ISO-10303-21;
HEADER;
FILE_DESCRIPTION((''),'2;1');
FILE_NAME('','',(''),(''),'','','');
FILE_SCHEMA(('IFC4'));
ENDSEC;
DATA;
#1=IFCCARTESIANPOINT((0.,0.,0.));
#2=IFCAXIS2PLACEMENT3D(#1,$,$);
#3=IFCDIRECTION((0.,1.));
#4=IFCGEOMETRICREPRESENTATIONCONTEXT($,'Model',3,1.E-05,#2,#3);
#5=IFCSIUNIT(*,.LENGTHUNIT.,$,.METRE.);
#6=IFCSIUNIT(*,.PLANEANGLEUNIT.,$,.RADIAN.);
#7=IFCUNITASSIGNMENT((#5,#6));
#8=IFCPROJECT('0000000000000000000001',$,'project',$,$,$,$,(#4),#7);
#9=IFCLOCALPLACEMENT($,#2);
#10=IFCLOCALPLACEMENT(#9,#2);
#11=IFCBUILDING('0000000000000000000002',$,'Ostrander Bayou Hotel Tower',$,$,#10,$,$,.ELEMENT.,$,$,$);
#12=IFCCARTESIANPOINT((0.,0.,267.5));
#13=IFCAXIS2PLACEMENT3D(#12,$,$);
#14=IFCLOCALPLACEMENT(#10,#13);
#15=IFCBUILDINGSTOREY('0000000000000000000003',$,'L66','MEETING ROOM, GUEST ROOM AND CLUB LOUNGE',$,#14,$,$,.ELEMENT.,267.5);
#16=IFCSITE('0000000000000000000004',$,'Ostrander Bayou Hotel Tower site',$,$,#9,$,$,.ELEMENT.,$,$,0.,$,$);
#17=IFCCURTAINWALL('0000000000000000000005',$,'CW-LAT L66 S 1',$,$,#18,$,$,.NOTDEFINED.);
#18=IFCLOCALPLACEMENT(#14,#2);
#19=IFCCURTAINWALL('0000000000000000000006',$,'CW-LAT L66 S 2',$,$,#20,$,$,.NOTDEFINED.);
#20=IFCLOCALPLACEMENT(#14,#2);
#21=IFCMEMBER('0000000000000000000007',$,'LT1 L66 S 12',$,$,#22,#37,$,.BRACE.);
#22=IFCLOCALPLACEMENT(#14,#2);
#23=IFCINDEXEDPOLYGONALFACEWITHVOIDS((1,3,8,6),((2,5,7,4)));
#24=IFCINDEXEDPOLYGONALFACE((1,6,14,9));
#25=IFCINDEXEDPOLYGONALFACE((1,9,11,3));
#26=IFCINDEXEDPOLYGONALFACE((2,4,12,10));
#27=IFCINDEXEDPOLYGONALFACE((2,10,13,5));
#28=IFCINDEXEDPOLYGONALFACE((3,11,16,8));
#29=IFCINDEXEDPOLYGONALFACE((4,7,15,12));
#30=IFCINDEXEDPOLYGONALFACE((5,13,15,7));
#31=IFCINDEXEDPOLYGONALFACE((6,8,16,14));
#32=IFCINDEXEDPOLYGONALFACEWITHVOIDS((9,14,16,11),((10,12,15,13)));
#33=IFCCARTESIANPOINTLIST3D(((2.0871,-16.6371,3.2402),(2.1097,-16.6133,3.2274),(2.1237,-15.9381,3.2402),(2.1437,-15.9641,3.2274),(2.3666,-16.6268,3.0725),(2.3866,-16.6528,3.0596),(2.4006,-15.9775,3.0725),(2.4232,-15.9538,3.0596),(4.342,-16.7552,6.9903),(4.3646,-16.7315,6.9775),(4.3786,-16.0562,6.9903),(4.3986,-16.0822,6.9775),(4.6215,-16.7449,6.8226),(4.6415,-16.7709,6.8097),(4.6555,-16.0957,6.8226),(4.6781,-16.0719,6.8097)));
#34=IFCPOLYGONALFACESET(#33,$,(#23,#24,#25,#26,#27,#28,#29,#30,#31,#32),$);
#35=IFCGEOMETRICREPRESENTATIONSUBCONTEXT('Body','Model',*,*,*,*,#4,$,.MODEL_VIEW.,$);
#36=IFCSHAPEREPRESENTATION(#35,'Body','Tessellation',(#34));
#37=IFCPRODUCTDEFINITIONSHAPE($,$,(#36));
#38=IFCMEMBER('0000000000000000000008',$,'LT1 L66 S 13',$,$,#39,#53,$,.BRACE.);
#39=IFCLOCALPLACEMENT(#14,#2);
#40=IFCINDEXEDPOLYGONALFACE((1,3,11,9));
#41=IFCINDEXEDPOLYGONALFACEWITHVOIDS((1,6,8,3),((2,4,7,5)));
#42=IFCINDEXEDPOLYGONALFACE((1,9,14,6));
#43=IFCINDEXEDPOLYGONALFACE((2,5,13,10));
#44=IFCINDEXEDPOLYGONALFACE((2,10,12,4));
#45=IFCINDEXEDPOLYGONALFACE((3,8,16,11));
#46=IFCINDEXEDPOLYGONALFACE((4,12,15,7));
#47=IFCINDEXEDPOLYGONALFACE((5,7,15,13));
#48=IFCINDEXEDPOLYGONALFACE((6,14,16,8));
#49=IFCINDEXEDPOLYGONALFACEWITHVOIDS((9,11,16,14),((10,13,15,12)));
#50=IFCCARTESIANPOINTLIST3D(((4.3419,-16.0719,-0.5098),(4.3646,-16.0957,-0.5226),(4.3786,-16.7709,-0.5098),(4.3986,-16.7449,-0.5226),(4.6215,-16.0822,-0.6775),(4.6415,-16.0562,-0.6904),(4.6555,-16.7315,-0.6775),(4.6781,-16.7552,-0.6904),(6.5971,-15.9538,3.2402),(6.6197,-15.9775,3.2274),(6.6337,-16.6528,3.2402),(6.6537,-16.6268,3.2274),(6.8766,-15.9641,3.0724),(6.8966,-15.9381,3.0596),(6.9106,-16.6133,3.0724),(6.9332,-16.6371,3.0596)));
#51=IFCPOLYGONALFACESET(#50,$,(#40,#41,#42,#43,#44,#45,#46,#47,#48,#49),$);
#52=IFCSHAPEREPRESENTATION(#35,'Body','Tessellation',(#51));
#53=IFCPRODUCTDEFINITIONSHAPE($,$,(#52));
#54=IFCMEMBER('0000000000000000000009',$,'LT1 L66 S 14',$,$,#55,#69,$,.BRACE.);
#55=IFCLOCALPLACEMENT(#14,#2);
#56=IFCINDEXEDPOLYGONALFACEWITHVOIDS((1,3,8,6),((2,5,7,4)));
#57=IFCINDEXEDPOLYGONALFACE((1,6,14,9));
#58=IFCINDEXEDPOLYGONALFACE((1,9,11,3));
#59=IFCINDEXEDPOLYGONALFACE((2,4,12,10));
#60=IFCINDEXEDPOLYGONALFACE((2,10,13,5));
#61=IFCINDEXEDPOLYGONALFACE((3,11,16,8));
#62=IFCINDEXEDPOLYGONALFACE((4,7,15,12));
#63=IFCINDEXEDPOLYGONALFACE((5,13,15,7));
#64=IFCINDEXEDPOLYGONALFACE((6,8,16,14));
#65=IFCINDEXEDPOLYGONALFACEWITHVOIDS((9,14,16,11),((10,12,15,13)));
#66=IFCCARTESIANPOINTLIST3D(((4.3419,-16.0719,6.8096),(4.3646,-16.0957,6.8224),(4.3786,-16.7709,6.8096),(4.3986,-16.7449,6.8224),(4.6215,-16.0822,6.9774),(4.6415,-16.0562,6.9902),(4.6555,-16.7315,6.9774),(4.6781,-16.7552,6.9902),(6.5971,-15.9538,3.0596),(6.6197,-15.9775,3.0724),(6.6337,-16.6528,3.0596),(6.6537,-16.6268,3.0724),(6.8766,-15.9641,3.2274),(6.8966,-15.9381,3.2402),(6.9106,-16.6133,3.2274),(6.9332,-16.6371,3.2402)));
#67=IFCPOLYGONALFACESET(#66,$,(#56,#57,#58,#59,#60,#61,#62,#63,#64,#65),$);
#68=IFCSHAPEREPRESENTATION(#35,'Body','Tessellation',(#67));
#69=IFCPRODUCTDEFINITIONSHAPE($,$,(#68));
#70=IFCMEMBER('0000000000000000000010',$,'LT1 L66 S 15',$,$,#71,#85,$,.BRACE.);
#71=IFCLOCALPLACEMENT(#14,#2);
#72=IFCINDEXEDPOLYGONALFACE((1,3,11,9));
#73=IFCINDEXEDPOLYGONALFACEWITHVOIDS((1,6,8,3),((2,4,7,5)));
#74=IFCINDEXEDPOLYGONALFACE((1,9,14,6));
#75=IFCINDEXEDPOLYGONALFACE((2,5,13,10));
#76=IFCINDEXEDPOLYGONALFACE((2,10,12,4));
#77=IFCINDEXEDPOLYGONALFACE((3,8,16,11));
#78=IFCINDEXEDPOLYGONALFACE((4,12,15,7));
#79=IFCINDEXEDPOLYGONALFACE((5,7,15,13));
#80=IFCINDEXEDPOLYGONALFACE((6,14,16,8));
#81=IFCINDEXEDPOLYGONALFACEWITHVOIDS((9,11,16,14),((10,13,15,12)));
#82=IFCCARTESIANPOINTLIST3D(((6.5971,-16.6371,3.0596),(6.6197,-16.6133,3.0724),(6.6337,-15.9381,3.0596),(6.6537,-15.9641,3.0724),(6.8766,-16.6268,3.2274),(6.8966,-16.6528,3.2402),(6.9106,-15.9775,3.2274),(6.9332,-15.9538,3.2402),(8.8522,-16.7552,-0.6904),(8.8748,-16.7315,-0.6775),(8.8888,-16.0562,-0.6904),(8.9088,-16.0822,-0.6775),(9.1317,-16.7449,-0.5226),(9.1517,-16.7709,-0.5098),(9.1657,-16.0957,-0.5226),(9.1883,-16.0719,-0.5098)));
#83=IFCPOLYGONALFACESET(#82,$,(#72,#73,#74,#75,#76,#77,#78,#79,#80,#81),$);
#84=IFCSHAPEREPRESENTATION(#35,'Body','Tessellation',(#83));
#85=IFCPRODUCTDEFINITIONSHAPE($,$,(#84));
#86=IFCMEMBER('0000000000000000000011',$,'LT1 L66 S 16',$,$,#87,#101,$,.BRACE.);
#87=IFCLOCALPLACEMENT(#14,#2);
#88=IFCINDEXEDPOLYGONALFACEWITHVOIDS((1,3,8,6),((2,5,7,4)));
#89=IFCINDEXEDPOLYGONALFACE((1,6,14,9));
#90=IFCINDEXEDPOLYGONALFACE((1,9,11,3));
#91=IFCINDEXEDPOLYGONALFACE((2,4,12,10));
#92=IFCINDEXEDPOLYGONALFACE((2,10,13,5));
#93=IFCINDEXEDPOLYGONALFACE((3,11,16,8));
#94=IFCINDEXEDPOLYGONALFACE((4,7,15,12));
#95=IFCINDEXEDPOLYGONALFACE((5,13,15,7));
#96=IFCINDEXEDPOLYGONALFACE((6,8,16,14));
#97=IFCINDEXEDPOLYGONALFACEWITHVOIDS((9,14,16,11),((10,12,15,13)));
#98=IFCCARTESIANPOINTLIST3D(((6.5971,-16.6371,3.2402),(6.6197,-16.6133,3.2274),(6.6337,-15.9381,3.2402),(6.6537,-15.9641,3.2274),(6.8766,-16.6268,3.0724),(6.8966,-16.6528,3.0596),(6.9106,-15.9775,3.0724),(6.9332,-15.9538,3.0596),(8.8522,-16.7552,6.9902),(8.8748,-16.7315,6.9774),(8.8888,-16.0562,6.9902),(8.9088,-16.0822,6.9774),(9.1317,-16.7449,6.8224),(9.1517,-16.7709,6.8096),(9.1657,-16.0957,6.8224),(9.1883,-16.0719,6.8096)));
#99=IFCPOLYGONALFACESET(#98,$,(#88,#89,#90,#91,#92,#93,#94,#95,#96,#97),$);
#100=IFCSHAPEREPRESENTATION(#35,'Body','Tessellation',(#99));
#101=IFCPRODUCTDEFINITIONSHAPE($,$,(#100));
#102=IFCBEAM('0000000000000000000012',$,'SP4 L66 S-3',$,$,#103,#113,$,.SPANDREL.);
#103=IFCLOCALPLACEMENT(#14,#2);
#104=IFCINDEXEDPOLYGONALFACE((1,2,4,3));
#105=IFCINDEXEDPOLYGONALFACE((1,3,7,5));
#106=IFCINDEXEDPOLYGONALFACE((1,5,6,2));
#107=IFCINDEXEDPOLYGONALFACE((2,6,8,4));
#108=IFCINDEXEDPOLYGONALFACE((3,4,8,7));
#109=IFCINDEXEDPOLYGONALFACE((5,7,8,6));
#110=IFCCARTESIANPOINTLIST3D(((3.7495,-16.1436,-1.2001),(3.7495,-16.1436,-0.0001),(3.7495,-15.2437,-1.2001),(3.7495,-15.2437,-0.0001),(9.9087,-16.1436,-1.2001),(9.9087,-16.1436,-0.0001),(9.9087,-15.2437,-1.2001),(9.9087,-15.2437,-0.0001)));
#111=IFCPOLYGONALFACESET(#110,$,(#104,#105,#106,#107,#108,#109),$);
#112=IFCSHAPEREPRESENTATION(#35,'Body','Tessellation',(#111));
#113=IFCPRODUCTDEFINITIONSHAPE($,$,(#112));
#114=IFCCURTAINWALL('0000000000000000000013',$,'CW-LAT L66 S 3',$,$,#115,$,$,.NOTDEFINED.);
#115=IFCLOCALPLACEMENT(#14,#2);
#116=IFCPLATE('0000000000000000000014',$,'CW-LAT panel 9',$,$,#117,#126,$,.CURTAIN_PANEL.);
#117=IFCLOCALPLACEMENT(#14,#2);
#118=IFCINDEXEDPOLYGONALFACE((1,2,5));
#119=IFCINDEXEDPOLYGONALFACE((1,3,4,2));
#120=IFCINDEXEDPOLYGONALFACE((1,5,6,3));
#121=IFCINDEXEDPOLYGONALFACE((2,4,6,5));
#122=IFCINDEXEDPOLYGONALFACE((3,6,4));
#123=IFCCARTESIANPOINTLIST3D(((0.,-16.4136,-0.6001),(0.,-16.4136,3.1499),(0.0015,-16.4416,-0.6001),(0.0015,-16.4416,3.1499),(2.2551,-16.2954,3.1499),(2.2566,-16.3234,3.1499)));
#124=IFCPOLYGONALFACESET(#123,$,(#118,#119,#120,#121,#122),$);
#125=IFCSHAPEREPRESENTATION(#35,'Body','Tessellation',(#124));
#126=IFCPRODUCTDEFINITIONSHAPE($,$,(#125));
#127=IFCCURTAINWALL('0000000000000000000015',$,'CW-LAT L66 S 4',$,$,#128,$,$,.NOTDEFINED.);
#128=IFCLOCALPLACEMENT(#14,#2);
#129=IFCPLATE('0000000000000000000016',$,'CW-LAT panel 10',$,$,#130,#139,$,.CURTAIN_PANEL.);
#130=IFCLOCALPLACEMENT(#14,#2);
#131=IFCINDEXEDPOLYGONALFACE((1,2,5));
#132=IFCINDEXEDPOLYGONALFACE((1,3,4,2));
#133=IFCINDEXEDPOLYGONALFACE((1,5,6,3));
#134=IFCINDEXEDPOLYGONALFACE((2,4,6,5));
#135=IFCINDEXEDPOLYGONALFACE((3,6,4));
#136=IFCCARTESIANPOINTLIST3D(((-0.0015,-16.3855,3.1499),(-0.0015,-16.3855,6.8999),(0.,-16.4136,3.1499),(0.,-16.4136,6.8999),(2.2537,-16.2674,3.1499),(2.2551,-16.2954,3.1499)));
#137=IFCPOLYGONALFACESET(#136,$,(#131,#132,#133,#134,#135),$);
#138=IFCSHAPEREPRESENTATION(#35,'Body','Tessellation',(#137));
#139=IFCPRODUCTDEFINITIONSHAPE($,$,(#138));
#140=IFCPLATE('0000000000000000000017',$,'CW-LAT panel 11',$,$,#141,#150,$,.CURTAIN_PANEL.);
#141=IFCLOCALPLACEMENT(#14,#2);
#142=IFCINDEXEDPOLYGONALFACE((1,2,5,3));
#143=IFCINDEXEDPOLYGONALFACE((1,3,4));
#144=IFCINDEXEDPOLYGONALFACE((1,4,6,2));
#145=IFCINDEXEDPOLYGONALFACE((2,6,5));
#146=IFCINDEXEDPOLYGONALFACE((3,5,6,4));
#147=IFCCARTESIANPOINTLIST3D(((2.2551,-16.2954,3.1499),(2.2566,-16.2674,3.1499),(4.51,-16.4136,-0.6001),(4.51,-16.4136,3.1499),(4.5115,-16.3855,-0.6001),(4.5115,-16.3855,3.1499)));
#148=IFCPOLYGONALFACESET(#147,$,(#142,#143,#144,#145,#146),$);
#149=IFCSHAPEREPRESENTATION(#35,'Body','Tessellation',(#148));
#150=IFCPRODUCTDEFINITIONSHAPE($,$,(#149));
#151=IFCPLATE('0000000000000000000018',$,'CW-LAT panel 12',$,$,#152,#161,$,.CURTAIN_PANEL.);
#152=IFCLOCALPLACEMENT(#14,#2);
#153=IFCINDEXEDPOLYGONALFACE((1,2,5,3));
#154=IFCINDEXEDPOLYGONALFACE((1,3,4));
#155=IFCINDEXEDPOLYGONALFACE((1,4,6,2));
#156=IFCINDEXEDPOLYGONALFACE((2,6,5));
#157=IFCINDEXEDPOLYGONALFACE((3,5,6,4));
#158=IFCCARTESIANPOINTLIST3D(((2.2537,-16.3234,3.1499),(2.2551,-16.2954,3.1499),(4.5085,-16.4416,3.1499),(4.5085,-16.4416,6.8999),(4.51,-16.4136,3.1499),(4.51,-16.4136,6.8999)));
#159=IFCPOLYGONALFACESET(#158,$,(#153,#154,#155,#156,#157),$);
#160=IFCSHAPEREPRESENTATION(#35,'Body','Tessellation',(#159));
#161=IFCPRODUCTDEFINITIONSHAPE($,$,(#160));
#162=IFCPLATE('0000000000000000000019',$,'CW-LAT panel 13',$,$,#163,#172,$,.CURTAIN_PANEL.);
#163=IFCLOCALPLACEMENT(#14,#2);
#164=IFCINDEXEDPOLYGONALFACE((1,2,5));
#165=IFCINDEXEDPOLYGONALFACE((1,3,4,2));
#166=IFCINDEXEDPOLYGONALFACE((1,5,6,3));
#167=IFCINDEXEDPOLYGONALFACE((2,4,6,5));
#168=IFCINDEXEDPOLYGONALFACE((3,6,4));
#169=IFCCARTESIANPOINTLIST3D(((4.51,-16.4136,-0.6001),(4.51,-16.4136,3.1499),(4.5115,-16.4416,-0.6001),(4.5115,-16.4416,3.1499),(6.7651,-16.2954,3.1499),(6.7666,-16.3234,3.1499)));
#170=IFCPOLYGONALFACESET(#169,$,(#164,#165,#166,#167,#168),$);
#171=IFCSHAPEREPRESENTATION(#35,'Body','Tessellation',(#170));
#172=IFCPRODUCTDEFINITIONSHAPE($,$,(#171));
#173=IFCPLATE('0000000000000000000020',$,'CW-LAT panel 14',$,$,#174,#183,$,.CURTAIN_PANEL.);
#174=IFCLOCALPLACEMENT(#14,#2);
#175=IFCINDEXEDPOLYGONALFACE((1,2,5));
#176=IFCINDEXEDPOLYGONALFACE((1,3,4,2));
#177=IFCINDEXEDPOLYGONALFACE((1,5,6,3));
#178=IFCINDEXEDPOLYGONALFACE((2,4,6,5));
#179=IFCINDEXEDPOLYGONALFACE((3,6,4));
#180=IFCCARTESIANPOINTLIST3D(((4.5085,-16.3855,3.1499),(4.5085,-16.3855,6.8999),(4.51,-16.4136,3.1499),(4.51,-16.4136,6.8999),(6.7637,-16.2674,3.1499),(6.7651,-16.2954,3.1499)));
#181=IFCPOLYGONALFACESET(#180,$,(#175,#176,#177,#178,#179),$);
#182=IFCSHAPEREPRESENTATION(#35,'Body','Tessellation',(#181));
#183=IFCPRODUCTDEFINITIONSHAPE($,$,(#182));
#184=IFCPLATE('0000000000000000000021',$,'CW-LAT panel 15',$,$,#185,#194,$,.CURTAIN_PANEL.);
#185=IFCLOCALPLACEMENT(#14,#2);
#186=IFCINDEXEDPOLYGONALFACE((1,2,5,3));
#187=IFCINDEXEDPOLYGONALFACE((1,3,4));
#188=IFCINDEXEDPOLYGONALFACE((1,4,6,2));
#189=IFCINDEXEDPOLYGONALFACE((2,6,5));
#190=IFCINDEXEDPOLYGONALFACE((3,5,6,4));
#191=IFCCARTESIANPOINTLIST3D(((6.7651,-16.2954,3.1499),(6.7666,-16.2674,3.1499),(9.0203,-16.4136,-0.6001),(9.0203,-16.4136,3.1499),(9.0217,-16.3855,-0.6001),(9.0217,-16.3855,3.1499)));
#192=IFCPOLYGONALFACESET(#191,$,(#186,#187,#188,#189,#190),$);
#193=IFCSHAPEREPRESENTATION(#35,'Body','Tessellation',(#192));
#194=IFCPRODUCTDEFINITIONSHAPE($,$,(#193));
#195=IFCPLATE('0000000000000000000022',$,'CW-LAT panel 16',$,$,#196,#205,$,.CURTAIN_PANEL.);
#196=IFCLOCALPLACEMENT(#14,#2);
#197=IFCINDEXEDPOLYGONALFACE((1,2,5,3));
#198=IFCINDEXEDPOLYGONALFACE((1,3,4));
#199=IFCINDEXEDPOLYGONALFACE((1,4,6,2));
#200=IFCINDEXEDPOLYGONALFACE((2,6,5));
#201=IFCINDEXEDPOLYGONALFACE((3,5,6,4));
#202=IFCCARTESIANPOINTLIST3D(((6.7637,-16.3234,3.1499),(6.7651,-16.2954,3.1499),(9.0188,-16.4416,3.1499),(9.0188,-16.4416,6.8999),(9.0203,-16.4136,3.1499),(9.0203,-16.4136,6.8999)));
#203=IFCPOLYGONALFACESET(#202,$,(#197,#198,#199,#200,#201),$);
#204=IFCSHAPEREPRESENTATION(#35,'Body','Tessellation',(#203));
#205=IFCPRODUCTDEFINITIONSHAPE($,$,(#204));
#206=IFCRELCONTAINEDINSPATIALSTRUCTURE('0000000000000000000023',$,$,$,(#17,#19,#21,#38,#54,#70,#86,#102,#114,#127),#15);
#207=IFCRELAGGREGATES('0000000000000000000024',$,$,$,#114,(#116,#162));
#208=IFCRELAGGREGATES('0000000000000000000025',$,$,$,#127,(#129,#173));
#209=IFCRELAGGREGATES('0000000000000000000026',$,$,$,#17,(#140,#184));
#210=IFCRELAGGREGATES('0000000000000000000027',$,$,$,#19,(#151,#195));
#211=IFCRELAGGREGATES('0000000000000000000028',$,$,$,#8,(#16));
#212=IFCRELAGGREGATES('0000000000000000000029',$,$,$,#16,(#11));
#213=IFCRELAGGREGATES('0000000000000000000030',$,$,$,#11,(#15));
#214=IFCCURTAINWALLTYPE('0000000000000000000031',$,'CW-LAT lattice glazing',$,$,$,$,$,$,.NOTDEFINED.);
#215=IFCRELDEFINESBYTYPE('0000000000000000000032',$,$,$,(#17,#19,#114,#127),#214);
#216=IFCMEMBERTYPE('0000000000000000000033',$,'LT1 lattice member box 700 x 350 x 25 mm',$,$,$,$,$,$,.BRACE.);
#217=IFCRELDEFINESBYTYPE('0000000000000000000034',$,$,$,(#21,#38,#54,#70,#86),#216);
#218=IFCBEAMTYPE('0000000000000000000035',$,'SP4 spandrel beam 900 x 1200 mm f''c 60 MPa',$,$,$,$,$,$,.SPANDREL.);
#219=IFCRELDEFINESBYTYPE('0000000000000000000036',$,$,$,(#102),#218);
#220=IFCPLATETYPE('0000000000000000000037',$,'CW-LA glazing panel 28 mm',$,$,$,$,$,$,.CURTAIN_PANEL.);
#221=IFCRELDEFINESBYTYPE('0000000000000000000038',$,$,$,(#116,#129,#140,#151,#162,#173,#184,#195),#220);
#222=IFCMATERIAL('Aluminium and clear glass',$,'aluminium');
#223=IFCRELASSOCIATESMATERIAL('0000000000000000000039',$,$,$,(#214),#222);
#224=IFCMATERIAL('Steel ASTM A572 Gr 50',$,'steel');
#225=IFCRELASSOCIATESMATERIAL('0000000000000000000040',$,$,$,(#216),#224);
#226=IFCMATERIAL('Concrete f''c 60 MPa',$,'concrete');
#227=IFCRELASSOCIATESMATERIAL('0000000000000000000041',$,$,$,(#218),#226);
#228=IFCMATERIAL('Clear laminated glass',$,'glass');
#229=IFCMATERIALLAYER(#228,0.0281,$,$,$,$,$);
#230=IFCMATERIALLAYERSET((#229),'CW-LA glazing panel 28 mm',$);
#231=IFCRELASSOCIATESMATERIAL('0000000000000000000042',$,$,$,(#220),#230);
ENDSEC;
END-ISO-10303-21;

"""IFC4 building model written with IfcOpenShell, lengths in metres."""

from ifc_helpers import new_model, si_unit, direction, frame, origin, origin_2d, place, context, subcontext, project, spatial, polyline, rectangle, hollow_rectangle, outline, extrude, material, layer, layer_set, material_profile, profile_set, type_object, element, aggregate, save


model = new_model("IFC4")

# Units and contexts
model_context = context("Model", 3, precision=1e-05, world=origin(), true_north=direction((0.0, 1.0)))
body_context = subcontext(model_context, "Body", "Model", "MODEL_VIEW")
ifc_project = project(units=[si_unit("LENGTHUNIT", "METRE"), si_unit("PLANEANGLEUNIT", "RADIAN")], contexts=[model_context])

# Site, building, storey
site_placement = place(None, origin())
site = spatial("IfcSite", under=ifc_project, at=site_placement, Name="Ostrander Bayou Hotel Tower site", CompositionType="ELEMENT", RefElevation=0.0)
building_placement = place(site_placement, origin())
building = spatial("IfcBuilding", under=site, at=building_placement, Name="Ostrander Bayou Hotel Tower", CompositionType="ELEMENT")
storey_placement = place(building_placement, frame((0.0, 0.0, 267.5)))
storey = spatial("IfcBuildingStorey", under=building, at=storey_placement, Name="L66", Description="MEETING ROOM, GUEST ROOM AND CLUB LOUNGE", CompositionType="ELEMENT", Elevation=267.5)

# Curtain walls
ifc_material_1 = material(Name="Aluminium and clear glass", Category="aluminium")
curtain_wall_type = type_object("IfcCurtainWallType", Name="CW-LAT lattice glazing", PredefinedType="NOTDEFINED", material=ifc_material_1)
curtain_wall_1_placement = place(storey_placement, origin())
curtain_wall_1 = element("IfcCurtainWall", 1, at=curtain_wall_1_placement, inside=storey, type_object=curtain_wall_type, Name="CW-LAT L66 S 1", PredefinedType="NOTDEFINED")
curtain_wall_2_placement = place(storey_placement, origin())
curtain_wall_2 = element("IfcCurtainWall", 2, at=curtain_wall_2_placement, inside=storey, type_object=curtain_wall_type, Name="CW-LAT L66 S 2", PredefinedType="NOTDEFINED")

# Members
ifc_material_2 = material(Name="Steel ASTM A572 Gr 50", Category="steel")
ifc_material_profile_1 = material_profile(ifc_material_2, hollow_rectangle(XDim=0.7, YDim=0.3501, WallThickness=0.0249, at=origin_2d()))
ifc_profile_set_1 = profile_set([ifc_material_profile_1], Name="Steel ASTM A572 Gr 50")
member_type_1 = type_object("IfcMemberType", Name="LT1 lattice member box 700 x 350 x 25 mm", PredefinedType="BRACE", material=ifc_profile_set_1)
for number, where, z_axis, x_axis, name in (
    (3, (2.2551, -16.2954, 3.1499), (0.515128, -0.026995, 0.856688), (0.052332, 0.99863, 0.0), "LT1 L66 S 12"),
    (4, (6.7651, -16.2954, 3.1499), (-0.515169, -0.026994, -0.856663), (0.052326, -0.99863, 0.0), "LT1 L66 S 13"),
    (5, (6.7651, -16.2954, 3.1499), (-0.515169, -0.026994, 0.856663), (0.052326, -0.99863, 0.0), "LT1 L66 S 14"),
    (6, (6.7651, -16.2954, 3.1499), (0.515169, -0.026994, -0.856663), (0.052326, 0.99863, 0.0), "LT1 L66 S 15"),
    (7, (6.7651, -16.2954, 3.1499), (0.515169, -0.026994, 0.856663), (0.052326, 0.99863, 0.0), "LT1 L66 S 16"),
):
    element("IfcMember", number, at=place(storey_placement, frame(where, z_axis=z_axis, x_axis=x_axis)), inside=storey, type_object=member_type_1, Name=name, PredefinedType="BRACE", context=body_context, shape_type="SweptSolid", body=[
        extrude(hollow_rectangle(XDim=0.7, YDim=0.3501, WallThickness=0.0249, at=origin_2d()), origin(), (0.0, 0.0, 1.0), 4.3774),
    ])

# Beam
ifc_material_3 = material(Name="Concrete f'c 60 MPa", Category="concrete")
ifc_material_profile_2 = material_profile(ifc_material_3, rectangle(XDim=0.8999, YDim=1.2, at=origin_2d()))
ifc_profile_set_2 = profile_set([ifc_material_profile_2], Name="Concrete f'c 60 MPa")
beam_type = type_object("IfcBeamType", Name="SP4 spandrel beam 900 x 1200 mm f'c 60 MPa", PredefinedType="SPANDREL", material=ifc_profile_set_2)
beam_placement = place(storey_placement, frame((3.7495, -15.6936, -0.6001), z_axis=(1.0, 0.0, 0.0), x_axis=(0.0, 1.0, 0.0)))
element("IfcBeam", 8, at=beam_placement, inside=storey, type_object=beam_type, Name="SP4 L66 S-3", PredefinedType="SPANDREL", context=body_context, shape_type="SweptSolid", body=[
    extrude(rectangle(XDim=0.8999, YDim=1.2, at=origin_2d()), origin(), (0.0, 0.0, 1.0), 6.1592),
])

# Curtain walls, plates
curtain_wall_3_placement = place(storey_placement, origin())
curtain_wall_3 = element("IfcCurtainWall", 9, at=curtain_wall_3_placement, inside=storey, type_object=curtain_wall_type, Name="CW-LAT L66 S 3", PredefinedType="NOTDEFINED")
ifc_material_4 = material(Name="Clear laminated glass", Category="glass")
ifc_layer_1 = layer(ifc_material_4, 0.0281)
ifc_layer_set_1 = layer_set([ifc_layer_1], Name="CW-LA glazing panel 28 mm")
plate_type = type_object("IfcPlateType", Name="CW-LA glazing panel 28 mm", PredefinedType="CURTAIN_PANEL", material=ifc_layer_set_1)
plate_1_placement = place(storey_placement, frame((2.2551, -16.2954, 3.1499), z_axis=(-0.052326, 0.99863, 0.0), x_axis=(-0.515169, -0.026994, -0.856663)))
plate_1 = element("IfcPlate", 10, at=plate_1_placement, type_object=plate_type, Name="CW-LAT panel 9", PredefinedType="CURTAIN_PANEL", context=body_context, shape_type="SweptSolid", body=[
    extrude(outline(polyline([(0.0, 0.0), (4.3774, 0.0), (1.165, 1.9345), (0.0, 0.0)])), origin(), (0.0, 0.0, -1.0), 0.0281),
])
curtain_wall_4_placement = place(storey_placement, origin())
curtain_wall_4 = element("IfcCurtainWall", 11, at=curtain_wall_4_placement, inside=storey, type_object=curtain_wall_type, Name="CW-LAT L66 S 4", PredefinedType="NOTDEFINED")
plate_2_placement = place(storey_placement, frame((2.2551, -16.2954, 3.1499), z_axis=(0.052326, -0.99863, 0.0), x_axis=(-0.515169, -0.026994, 0.856663)))
plate_2 = element("IfcPlate", 12, at=plate_2_placement, type_object=plate_type, Name="CW-LAT panel 10", PredefinedType="CURTAIN_PANEL", context=body_context, shape_type="SweptSolid", body=[
    extrude(outline(polyline([(0.0, 0.0), (4.3774, 0.0), (1.165, 1.9345), (0.0, 0.0)])), origin(), (0.0, 0.0, -1.0), 0.0281),
])

# Plates
plate_3_placement = place(storey_placement, frame((2.2551, -16.2954, 3.1499), z_axis=(-0.052332, -0.99863, 0.0), x_axis=(0.515128, -0.026995, -0.856688)))
plate_3 = element("IfcPlate", 13, at=plate_3_placement, type_object=plate_type, Name="CW-LAT panel 11", PredefinedType="CURTAIN_PANEL", context=body_context, shape_type="SweptSolid", body=[
    extrude(outline(polyline([(0.0, 0.0), (4.3773, 0.0), (1.1647, 1.9344), (0.0, 0.0)])), origin(), (0.0, 0.0, -1.0), 0.0281),
])
plate_4_placement = place(storey_placement, frame((2.2551, -16.2954, 3.1499), z_axis=(0.052332, 0.99863, 0.0), x_axis=(0.515128, -0.026995, 0.856688)))
plate_4 = element("IfcPlate", 14, at=plate_4_placement, type_object=plate_type, Name="CW-LAT panel 12", PredefinedType="CURTAIN_PANEL", context=body_context, shape_type="SweptSolid", body=[
    extrude(outline(polyline([(0.0, 0.0), (4.3773, 0.0), (1.1647, 1.9344), (0.0, 0.0)])), origin(), (0.0, 0.0, -1.0), 0.0281),
])
plate_5_placement = place(storey_placement, frame((6.7651, -16.2954, 3.1499), z_axis=(-0.052326, 0.99863, 0.0), x_axis=(-0.515169, -0.026994, -0.856663)))
plate_5 = element("IfcPlate", 15, at=plate_5_placement, type_object=plate_type, Name="CW-LAT panel 13", PredefinedType="CURTAIN_PANEL", context=body_context, shape_type="SweptSolid", body=[
    extrude(outline(polyline([(0.0, 0.0), (4.3774, 0.0), (1.165, 1.9345), (0.0, 0.0)])), origin(), (0.0, 0.0, -1.0), 0.0281),
])
aggregate(curtain_wall_3, [plate_1, plate_5])
plate_6_placement = place(storey_placement, frame((6.7651, -16.2954, 3.1499), z_axis=(0.052326, -0.99863, 0.0), x_axis=(-0.515169, -0.026994, 0.856663)))
plate_6 = element("IfcPlate", 16, at=plate_6_placement, type_object=plate_type, Name="CW-LAT panel 14", PredefinedType="CURTAIN_PANEL", context=body_context, shape_type="SweptSolid", body=[
    extrude(outline(polyline([(0.0, 0.0), (4.3774, 0.0), (1.165, 1.9345), (0.0, 0.0)])), origin(), (0.0, 0.0, -1.0), 0.0281),
])
aggregate(curtain_wall_4, [plate_2, plate_6])
plate_7_placement = place(storey_placement, frame((6.7651, -16.2954, 3.1499), z_axis=(-0.052326, -0.99863, 0.0), x_axis=(0.515169, -0.026994, -0.856663)))
plate_7 = element("IfcPlate", 17, at=plate_7_placement, type_object=plate_type, Name="CW-LAT panel 15", PredefinedType="CURTAIN_PANEL", context=body_context, shape_type="SweptSolid", body=[
    extrude(outline(polyline([(0.0, 0.0), (4.3774, 0.0), (1.165, 1.9345), (0.0, 0.0)])), origin(), (0.0, 0.0, -1.0), 0.0281),
])
aggregate(curtain_wall_1, [plate_3, plate_7])
plate_8_placement = place(storey_placement, frame((6.7651, -16.2954, 3.1499), z_axis=(0.052326, 0.99863, 0.0), x_axis=(0.515169, -0.026994, 0.856663)))
plate_8 = element("IfcPlate", 18, at=plate_8_placement, type_object=plate_type, Name="CW-LAT panel 16", PredefinedType="CURTAIN_PANEL", context=body_context, shape_type="SweptSolid", body=[
    extrude(outline(polyline([(0.0, 0.0), (4.3774, 0.0), (1.165, 1.9345), (0.0, 0.0)])), origin(), (0.0, 0.0, -1.0), 0.0281),
])
aggregate(curtain_wall_2, [plate_4, plate_8])

save(model, "model.ifc")
